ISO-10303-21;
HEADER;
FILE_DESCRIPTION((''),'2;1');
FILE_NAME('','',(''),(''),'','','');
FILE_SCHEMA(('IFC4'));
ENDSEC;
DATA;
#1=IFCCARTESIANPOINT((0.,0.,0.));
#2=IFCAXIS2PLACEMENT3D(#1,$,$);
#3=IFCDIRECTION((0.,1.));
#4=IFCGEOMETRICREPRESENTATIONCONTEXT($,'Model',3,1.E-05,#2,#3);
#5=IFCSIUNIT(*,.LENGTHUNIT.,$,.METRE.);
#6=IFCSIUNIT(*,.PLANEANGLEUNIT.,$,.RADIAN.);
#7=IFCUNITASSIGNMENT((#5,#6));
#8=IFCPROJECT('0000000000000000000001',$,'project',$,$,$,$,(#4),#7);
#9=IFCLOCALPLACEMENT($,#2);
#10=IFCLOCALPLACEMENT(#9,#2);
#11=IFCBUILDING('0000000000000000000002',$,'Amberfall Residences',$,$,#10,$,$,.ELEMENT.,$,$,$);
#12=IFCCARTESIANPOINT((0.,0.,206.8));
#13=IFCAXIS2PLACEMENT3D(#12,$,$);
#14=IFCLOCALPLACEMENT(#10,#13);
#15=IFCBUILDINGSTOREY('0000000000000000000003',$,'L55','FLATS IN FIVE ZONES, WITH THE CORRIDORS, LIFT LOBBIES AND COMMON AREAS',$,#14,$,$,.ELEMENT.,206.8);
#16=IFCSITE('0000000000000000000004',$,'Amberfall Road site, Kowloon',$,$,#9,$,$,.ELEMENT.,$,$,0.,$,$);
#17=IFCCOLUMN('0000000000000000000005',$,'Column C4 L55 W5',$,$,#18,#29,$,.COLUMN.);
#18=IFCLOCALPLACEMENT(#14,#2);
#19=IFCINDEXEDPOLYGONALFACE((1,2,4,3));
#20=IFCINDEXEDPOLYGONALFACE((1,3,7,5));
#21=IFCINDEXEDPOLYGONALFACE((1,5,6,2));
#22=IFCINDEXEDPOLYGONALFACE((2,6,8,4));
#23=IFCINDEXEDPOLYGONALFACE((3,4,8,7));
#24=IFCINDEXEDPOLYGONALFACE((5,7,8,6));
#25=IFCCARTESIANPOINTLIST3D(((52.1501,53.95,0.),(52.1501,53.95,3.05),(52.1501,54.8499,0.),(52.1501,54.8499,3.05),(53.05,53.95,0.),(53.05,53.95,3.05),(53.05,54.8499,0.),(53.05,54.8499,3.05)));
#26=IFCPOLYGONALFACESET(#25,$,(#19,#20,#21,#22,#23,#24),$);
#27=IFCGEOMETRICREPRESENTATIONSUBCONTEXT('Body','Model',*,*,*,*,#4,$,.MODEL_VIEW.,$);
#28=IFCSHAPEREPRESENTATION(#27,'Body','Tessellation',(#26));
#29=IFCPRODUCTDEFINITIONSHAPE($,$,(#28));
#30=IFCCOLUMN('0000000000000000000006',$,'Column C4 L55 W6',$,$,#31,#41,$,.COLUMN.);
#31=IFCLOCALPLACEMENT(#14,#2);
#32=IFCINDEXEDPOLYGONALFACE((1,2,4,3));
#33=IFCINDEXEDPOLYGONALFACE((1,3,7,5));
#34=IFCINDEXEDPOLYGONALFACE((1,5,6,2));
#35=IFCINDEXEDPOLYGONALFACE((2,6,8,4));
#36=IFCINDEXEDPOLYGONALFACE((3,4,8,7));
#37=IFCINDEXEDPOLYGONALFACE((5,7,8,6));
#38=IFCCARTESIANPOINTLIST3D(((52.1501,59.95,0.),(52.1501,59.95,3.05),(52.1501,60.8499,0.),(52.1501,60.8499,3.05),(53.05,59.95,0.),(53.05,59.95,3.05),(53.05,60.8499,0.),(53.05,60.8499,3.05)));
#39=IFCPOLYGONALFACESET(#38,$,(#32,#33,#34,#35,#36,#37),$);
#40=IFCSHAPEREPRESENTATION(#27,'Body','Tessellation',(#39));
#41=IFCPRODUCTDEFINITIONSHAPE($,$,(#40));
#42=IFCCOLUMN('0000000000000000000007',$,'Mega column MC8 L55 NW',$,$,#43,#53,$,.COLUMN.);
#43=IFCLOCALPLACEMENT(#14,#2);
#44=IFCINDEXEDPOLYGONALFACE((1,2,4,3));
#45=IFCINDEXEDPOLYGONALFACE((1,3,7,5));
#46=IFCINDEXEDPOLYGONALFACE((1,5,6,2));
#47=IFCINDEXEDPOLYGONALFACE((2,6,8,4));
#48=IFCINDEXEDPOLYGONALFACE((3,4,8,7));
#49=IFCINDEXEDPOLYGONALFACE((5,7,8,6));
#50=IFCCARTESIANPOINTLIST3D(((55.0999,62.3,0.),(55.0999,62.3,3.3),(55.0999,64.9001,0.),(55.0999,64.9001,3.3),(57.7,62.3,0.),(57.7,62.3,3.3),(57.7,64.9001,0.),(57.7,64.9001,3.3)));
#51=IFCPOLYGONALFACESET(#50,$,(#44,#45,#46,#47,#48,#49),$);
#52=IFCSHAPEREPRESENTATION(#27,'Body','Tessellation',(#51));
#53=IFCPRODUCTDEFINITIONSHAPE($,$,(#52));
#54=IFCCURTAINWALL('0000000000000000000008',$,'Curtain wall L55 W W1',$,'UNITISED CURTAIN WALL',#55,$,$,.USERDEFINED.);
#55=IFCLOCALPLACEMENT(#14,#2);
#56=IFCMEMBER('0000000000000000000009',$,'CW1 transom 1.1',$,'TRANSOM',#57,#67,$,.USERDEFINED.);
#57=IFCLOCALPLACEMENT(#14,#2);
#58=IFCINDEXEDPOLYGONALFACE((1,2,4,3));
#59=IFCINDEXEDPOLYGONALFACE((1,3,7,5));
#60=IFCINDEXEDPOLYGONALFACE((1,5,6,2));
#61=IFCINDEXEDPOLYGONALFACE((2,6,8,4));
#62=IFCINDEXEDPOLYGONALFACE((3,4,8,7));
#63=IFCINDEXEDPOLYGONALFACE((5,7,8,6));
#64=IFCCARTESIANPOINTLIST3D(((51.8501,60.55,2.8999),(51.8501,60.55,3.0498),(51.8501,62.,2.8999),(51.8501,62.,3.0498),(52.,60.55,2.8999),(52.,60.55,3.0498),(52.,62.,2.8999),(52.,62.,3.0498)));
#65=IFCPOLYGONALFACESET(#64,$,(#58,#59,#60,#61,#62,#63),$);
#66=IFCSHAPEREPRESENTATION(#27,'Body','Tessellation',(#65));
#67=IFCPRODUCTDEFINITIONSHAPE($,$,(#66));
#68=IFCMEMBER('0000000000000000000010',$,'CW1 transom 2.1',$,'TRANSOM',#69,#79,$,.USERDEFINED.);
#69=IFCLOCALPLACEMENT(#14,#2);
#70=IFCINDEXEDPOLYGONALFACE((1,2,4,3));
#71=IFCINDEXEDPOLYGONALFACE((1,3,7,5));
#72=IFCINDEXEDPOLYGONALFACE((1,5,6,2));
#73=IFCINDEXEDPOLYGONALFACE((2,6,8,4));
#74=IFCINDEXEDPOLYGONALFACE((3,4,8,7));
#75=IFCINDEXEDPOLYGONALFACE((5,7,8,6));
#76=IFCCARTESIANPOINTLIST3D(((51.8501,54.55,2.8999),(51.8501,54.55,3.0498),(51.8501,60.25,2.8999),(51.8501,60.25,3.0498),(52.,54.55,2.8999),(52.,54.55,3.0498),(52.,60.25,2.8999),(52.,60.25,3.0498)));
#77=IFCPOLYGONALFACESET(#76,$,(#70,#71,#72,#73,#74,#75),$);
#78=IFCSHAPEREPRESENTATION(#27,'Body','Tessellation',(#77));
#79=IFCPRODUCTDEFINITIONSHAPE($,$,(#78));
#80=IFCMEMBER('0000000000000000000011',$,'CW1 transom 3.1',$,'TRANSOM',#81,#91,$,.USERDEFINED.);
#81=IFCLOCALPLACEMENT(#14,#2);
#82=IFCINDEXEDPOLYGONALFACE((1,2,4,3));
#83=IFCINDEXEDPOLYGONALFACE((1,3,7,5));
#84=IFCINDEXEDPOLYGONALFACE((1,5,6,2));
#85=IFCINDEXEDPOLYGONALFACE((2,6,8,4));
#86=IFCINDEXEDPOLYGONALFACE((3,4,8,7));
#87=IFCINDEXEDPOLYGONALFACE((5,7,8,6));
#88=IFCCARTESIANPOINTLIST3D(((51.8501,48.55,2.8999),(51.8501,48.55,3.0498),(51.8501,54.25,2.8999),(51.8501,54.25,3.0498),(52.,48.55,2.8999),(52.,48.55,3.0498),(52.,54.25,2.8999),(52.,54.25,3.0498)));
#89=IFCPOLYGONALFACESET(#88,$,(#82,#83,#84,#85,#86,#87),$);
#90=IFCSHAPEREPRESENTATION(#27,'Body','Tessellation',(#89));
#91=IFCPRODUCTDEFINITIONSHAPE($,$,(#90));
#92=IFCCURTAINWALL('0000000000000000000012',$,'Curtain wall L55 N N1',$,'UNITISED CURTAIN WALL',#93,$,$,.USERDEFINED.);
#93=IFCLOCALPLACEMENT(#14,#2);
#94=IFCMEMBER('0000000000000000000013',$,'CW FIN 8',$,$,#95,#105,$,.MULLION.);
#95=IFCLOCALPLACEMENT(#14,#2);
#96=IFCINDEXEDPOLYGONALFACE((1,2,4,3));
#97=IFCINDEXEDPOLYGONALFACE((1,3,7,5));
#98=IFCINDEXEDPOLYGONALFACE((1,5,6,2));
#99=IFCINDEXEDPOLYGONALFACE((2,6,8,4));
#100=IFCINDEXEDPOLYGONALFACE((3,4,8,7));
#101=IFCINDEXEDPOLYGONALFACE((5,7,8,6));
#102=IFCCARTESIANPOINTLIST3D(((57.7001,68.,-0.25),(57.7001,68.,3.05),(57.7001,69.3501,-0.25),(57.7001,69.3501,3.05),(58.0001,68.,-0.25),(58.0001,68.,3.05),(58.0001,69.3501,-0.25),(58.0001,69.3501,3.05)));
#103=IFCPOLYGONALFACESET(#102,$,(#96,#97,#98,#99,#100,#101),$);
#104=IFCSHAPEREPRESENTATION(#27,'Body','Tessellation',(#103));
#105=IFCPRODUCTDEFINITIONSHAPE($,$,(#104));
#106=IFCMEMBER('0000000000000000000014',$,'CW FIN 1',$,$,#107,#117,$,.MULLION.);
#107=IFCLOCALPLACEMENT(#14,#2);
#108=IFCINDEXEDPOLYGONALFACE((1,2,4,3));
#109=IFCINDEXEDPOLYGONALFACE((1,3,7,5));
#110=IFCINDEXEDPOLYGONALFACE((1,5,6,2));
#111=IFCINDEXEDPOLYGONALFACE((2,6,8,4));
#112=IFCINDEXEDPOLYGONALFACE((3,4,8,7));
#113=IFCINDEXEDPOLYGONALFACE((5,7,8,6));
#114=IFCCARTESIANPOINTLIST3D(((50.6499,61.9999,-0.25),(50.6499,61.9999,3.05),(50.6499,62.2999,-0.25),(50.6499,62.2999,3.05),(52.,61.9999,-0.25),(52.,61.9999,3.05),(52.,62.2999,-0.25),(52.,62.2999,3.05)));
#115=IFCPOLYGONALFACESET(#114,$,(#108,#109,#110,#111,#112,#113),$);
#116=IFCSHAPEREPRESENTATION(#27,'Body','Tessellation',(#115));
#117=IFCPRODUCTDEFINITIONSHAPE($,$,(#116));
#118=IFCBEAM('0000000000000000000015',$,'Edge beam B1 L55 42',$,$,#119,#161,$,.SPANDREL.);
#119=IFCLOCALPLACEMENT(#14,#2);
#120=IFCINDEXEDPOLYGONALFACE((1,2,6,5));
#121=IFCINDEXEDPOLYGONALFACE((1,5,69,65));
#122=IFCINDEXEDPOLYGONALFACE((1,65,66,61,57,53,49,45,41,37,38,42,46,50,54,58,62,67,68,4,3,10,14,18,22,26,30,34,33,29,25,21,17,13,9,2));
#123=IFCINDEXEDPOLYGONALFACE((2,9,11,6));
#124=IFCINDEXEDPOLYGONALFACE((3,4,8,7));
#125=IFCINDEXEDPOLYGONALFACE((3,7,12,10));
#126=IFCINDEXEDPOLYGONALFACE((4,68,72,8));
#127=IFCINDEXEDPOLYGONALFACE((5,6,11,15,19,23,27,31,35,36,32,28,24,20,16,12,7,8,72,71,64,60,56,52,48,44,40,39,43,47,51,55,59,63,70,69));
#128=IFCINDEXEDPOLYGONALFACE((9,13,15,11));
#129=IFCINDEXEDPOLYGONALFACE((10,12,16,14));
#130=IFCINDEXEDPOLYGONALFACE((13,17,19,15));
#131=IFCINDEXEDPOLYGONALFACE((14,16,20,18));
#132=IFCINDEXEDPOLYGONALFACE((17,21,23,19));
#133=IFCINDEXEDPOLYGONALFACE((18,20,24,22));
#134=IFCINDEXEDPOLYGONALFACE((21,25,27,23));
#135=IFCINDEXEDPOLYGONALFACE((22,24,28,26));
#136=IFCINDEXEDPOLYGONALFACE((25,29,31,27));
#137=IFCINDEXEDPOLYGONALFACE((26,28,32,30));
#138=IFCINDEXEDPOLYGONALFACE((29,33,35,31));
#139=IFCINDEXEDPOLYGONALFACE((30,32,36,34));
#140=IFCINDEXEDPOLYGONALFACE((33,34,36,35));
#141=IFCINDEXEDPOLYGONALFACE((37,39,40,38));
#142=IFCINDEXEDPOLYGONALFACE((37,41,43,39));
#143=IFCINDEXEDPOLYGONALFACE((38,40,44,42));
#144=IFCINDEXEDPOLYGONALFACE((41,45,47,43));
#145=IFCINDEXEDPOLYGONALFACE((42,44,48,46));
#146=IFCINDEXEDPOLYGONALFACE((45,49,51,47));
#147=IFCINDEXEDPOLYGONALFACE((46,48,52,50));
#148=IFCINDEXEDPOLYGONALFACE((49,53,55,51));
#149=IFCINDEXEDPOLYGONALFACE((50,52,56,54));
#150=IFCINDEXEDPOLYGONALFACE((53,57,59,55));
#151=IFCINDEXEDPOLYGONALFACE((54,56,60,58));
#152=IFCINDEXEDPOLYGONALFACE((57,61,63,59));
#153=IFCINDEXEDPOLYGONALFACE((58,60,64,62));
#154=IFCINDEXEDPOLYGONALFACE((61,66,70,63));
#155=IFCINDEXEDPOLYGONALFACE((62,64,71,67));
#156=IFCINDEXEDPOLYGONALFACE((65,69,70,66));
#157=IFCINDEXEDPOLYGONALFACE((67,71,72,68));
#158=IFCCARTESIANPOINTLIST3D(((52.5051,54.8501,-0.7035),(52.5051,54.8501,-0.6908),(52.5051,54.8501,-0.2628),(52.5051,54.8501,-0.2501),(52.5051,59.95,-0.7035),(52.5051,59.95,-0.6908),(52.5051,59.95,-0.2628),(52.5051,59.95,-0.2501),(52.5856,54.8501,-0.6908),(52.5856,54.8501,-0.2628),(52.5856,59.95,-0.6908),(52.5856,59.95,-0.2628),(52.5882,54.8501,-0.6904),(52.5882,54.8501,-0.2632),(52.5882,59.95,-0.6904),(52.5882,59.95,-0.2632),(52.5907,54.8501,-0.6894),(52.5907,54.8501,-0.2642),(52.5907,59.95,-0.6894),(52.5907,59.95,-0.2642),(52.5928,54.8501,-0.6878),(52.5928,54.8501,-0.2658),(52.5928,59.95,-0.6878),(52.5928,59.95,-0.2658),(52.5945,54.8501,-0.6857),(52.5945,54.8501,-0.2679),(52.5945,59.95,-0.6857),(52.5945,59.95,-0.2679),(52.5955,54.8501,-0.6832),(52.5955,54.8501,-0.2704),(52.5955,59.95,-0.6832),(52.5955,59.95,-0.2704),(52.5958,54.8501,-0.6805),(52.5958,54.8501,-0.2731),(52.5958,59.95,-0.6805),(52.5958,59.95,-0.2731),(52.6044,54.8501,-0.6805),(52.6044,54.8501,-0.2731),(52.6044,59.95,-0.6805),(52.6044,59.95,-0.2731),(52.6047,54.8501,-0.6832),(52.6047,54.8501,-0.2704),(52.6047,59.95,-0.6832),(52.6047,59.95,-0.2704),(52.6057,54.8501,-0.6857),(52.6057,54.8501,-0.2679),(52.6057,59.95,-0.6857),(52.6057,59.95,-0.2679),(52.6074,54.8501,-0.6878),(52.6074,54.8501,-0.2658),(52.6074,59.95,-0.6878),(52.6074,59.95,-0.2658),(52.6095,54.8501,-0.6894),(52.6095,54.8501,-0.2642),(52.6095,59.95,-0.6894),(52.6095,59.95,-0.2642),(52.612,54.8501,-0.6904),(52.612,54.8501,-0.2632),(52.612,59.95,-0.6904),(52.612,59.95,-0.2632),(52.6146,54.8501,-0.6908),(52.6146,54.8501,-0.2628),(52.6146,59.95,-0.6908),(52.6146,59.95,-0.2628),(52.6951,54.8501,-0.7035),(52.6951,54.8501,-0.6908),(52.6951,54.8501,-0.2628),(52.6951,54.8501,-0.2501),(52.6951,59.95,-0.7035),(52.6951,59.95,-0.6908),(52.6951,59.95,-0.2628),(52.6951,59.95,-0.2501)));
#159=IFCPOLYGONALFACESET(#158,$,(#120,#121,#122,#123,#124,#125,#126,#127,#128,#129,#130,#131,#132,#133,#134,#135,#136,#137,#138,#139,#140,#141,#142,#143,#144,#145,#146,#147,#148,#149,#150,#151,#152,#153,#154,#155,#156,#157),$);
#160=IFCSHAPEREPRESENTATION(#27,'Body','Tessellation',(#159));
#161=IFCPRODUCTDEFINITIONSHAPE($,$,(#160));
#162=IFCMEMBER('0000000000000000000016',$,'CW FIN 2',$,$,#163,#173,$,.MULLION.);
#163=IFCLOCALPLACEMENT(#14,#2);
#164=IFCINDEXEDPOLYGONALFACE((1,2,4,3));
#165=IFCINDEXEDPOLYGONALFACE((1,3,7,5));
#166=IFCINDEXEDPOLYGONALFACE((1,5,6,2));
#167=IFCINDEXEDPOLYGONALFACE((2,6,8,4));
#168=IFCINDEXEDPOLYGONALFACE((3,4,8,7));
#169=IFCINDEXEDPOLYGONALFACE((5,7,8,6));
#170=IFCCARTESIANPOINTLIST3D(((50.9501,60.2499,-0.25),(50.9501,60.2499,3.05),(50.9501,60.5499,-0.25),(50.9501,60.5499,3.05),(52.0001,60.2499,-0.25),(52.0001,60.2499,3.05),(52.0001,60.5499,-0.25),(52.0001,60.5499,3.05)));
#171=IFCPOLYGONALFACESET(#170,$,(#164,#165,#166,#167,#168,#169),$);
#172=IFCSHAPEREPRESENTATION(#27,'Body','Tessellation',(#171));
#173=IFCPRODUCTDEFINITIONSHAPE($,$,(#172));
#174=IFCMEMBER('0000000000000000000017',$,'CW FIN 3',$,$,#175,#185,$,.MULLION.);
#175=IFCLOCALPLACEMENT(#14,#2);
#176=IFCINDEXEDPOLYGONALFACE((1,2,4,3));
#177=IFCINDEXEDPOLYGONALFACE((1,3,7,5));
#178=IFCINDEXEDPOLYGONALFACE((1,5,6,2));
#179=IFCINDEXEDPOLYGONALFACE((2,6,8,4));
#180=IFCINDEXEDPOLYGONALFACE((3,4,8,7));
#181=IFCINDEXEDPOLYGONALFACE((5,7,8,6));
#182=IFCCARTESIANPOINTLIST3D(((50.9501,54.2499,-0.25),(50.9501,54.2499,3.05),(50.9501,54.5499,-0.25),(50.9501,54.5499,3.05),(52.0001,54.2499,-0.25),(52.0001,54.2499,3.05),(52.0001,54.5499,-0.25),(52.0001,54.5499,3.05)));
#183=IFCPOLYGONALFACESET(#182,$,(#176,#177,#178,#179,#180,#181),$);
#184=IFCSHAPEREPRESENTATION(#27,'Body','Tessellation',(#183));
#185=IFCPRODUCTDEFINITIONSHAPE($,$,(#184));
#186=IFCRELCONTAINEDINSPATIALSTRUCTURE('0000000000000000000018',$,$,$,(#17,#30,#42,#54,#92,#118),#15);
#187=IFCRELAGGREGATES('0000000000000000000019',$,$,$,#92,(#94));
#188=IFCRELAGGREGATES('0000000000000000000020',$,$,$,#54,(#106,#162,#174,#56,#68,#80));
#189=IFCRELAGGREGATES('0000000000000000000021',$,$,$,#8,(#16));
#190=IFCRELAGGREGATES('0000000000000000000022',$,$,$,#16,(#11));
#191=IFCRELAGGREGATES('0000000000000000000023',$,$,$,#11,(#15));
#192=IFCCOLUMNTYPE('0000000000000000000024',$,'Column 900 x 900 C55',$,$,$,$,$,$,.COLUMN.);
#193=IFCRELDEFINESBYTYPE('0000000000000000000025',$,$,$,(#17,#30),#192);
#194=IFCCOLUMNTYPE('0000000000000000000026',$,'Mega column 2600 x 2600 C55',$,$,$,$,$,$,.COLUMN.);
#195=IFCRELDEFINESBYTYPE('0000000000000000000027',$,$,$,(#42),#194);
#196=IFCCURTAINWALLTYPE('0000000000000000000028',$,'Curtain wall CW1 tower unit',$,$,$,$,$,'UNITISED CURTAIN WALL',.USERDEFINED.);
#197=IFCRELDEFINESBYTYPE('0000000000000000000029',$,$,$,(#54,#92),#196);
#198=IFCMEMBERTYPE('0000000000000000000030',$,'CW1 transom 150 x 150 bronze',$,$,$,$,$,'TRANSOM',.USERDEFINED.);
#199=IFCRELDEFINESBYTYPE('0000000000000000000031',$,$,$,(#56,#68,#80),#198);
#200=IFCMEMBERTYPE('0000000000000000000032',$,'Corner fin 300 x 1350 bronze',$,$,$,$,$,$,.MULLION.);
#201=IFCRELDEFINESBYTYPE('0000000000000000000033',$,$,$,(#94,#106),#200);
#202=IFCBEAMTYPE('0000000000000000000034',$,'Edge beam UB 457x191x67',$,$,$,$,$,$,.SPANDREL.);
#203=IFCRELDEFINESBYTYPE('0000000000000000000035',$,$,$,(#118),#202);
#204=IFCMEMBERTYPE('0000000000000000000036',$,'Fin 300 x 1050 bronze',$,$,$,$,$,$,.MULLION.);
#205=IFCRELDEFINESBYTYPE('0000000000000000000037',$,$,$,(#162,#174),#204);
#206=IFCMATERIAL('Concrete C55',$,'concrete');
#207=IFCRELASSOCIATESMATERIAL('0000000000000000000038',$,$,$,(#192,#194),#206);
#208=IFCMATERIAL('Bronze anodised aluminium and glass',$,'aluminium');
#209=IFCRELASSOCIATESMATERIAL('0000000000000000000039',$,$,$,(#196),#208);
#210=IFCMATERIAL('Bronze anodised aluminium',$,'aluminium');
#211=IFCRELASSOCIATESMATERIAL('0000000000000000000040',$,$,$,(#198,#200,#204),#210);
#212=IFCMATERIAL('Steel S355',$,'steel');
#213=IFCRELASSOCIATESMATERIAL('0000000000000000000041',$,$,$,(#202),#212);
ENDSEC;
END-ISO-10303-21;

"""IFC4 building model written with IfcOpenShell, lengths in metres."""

from ifc_helpers import new_model, si_unit, direction, frame, origin, origin_2d, place, context, subcontext, project, spatial, rectangle, i_section, extrude, material, material_profile, profile_set, type_object, element, aggregate, save


model = new_model("IFC4")

# Units and contexts
model_context = context("Model", 3, precision=1e-05, world=origin(), true_north=direction((0.0, 1.0)))
body_context = subcontext(model_context, "Body", "Model", "MODEL_VIEW")
ifc_project = project(units=[si_unit("LENGTHUNIT", "METRE"), si_unit("PLANEANGLEUNIT", "RADIAN")], contexts=[model_context])

# Site, building, storey
site_placement = place(None, origin())
site = spatial("IfcSite", under=ifc_project, at=site_placement, Name="Amberfall Road site, Kowloon", CompositionType="ELEMENT", RefElevation=0.0)
building_placement = place(site_placement, origin())
building = spatial("IfcBuilding", under=site, at=building_placement, Name="Amberfall Residences", CompositionType="ELEMENT")
storey_placement = place(building_placement, frame((0.0, 0.0, 206.8)))
storey = spatial("IfcBuildingStorey", under=building, at=storey_placement, Name="L55", Description="FLATS IN FIVE ZONES, WITH THE CORRIDORS, LIFT LOBBIES AND COMMON AREAS", CompositionType="ELEMENT", Elevation=206.8)

# Columns
ifc_material_1 = material(Name="Concrete C55", Category="concrete")
ifc_material_profile_1 = material_profile(ifc_material_1, rectangle(XDim=0.8999, YDim=0.8999, at=origin_2d()), Name="Column 900 x 900 C55")
ifc_profile_set_1 = profile_set([ifc_material_profile_1], Name="Concrete C55")
column_type_1 = type_object("IfcColumnType", Name="Column 900 x 900 C55", PredefinedType="COLUMN", material=ifc_profile_set_1)
for number, where, z_axis, x_axis, name in (
    (1, (52.6001, 54.3999, 0.0), (0.0, 0.0, 1.0), (1.0, 0.0, 0.0), "Column C4 L55 W5"),
    (2, (52.6001, 60.3999, 0.0), (0.0, 0.0, 1.0), (1.0, 0.0, 0.0), "Column C4 L55 W6"),
):
    element("IfcColumn", number, at=place(storey_placement, frame(where, z_axis=z_axis, x_axis=x_axis)), inside=storey, type_object=column_type_1, Name=name, PredefinedType="COLUMN", context=body_context, shape_type="SweptSolid", body=[
        extrude(rectangle(XDim=0.8999, YDim=0.8999, at=origin_2d()), origin(), (0.0, 0.0, 1.0), 3.05),
    ])
ifc_material_profile_2 = material_profile(ifc_material_1, rectangle(XDim=2.6001, YDim=2.6001, at=origin_2d()), Name="Mega column 2600 x 2600 C55")
ifc_profile_set_2 = profile_set([ifc_material_profile_2], Name="Concrete C55")
column_type_2 = type_object("IfcColumnType", Name="Mega column 2600 x 2600 C55", PredefinedType="COLUMN", material=ifc_profile_set_2)
column_placement = place(storey_placement, frame((56.3999, 63.6001, 0.0), z_axis=(0.0, 0.0, 1.0), x_axis=(1.0, 0.0, 0.0)))
element("IfcColumn", 3, at=column_placement, inside=storey, type_object=column_type_2, Name="Mega column MC8 L55 NW", PredefinedType="COLUMN", context=body_context, shape_type="SweptSolid", body=[
    extrude(rectangle(XDim=2.6001, YDim=2.6001, at=origin_2d()), origin(), (0.0, 0.0, 1.0), 3.3),
])

# Curtain wall, members
ifc_material_2 = material(Name="Bronze anodised aluminium and glass", Category="aluminium")
curtain_wall_type = type_object("IfcCurtainWallType", Name="Curtain wall CW1 tower unit", ElementType="UNITISED CURTAIN WALL", PredefinedType="USERDEFINED", material=ifc_material_2)
curtain_wall_1_placement = place(storey_placement, origin())
curtain_wall_1 = element("IfcCurtainWall", 4, at=curtain_wall_1_placement, inside=storey, type_object=curtain_wall_type, Name="Curtain wall L55 W W1", ObjectType="UNITISED CURTAIN WALL", PredefinedType="USERDEFINED")
ifc_material_3 = material(Name="Bronze anodised aluminium", Category="aluminium")
ifc_material_profile_3 = material_profile(ifc_material_3, rectangle(XDim=0.1499, YDim=0.1499, at=origin_2d()), Name="CW1 transom 150 x 150 bronze")
ifc_profile_set_3 = profile_set([ifc_material_profile_3], Name="Bronze anodised aluminium")
member_type_1 = type_object("IfcMemberType", Name="CW1 transom 150 x 150 bronze", ElementType="TRANSOM", PredefinedType="USERDEFINED", material=ifc_profile_set_3)
member_1_placement = place(storey_placement, frame((51.925, 62.0, 2.9749), z_axis=(0.0, -1.0, 0.0), x_axis=(1.0, 0.0, 0.0)))
member_1 = element("IfcMember", 5, at=member_1_placement, type_object=member_type_1, Name="CW1 transom 1.1", ObjectType="TRANSOM", PredefinedType="USERDEFINED", context=body_context, shape_type="SweptSolid", body=[
    extrude(rectangle(XDim=0.1499, YDim=0.1499, at=origin_2d()), origin(), (0.0, 0.0, 1.0), 1.45),
])
member_2_placement = place(storey_placement, frame((51.925, 60.25, 2.9749), z_axis=(0.0, -1.0, 0.0), x_axis=(1.0, 0.0, 0.0)))
member_2 = element("IfcMember", 6, at=member_2_placement, type_object=member_type_1, Name="CW1 transom 2.1", ObjectType="TRANSOM", PredefinedType="USERDEFINED", context=body_context, shape_type="SweptSolid", body=[
    extrude(rectangle(XDim=0.1499, YDim=0.1499, at=origin_2d()), origin(), (0.0, 0.0, 1.0), 5.7),
])
member_3_placement = place(storey_placement, frame((51.925, 54.25, 2.9749), z_axis=(0.0, -1.0, 0.0), x_axis=(1.0, 0.0, 0.0)))
member_3 = element("IfcMember", 7, at=member_3_placement, type_object=member_type_1, Name="CW1 transom 3.1", ObjectType="TRANSOM", PredefinedType="USERDEFINED", context=body_context, shape_type="SweptSolid", body=[
    extrude(rectangle(XDim=0.1499, YDim=0.1499, at=origin_2d()), origin(), (0.0, 0.0, 1.0), 5.7),
])

# Curtain wall, member
curtain_wall_2_placement = place(storey_placement, origin())
curtain_wall_2 = element("IfcCurtainWall", 8, at=curtain_wall_2_placement, inside=storey, type_object=curtain_wall_type, Name="Curtain wall L55 N N1", ObjectType="UNITISED CURTAIN WALL", PredefinedType="USERDEFINED")
ifc_material_profile_4 = material_profile(ifc_material_3, rectangle(XDim=1.3501, YDim=0.3, at=origin_2d()), Name="Corner fin 300 x 1350 bronze")
ifc_profile_set_4 = profile_set([ifc_material_profile_4], Name="Bronze anodised aluminium")
member_type_2 = type_object("IfcMemberType", Name="Corner fin 300 x 1350 bronze", PredefinedType="MULLION", material=ifc_profile_set_4)
member_4_placement = place(storey_placement, frame((57.8501, 68.675, -0.25), z_axis=(0.0, 0.0, 1.0), x_axis=(0.0, -1.0, 0.0)))
member_4 = element("IfcMember", 9, at=member_4_placement, type_object=member_type_2, Name="CW FIN 8", PredefinedType="MULLION", context=body_context, shape_type="SweptSolid", body=[
    extrude(rectangle(XDim=1.3501, YDim=0.3, at=origin_2d()), origin(), (0.0, 0.0, 1.0), 3.3),
])
aggregate(curtain_wall_2, [member_4])

# Member
member_5_placement = place(storey_placement, frame((51.325, 62.1499, -0.25), z_axis=(0.0, 0.0, 1.0), x_axis=(1.0, 0.0, 0.0)))
member_5 = element("IfcMember", 10, at=member_5_placement, type_object=member_type_2, Name="CW FIN 1", PredefinedType="MULLION", context=body_context, shape_type="SweptSolid", body=[
    extrude(rectangle(XDim=1.3501, YDim=0.3, at=origin_2d()), origin(), (0.0, 0.0, 1.0), 3.3),
])

# Beam
ifc_material_4 = material(Name="Steel S355", Category="steel")
ifc_material_profile_5 = material_profile(ifc_material_4, i_section(OverallWidth=0.1899, OverallDepth=0.4534, WebThickness=0.0085, FlangeThickness=0.0127, FilletRadius=0.0103, at=origin_2d()), Name="UB 457x191x67")
ifc_profile_set_5 = profile_set([ifc_material_profile_5], Name="Steel S355")
beam_type_1 = type_object("IfcBeamType", Name="Edge beam UB 457x191x67", PredefinedType="SPANDREL", material=ifc_profile_set_5)
beam_1_placement = place(storey_placement, frame((52.6001, 54.8501, -0.4768), z_axis=(0.0, 1.0, 0.0), x_axis=(-1.0, 0.0, 0.0)))
element("IfcBeam", 11, at=beam_1_placement, inside=storey, type_object=beam_type_1, Name="Edge beam B1 L55 42", PredefinedType="SPANDREL", context=body_context, shape_type="SweptSolid", body=[
    extrude(i_section(OverallWidth=0.1899, OverallDepth=0.4534, WebThickness=0.0085, FlangeThickness=0.0127, FilletRadius=0.0103, at=origin_2d()), origin(), (0.0, 0.0, 1.0), 5.0999),
])

# Members
ifc_material_profile_6 = material_profile(ifc_material_3, rectangle(XDim=1.05, YDim=0.3, at=origin_2d()), Name="Fin 300 x 1050 bronze")
ifc_profile_set_6 = profile_set([ifc_material_profile_6], Name="Bronze anodised aluminium")
member_type_3 = type_object("IfcMemberType", Name="Fin 300 x 1050 bronze", PredefinedType="MULLION", material=ifc_profile_set_6)
member_6_placement = place(storey_placement, frame((51.4751, 60.3999, -0.25), z_axis=(0.0, 0.0, 1.0), x_axis=(1.0, 0.0, 0.0)))
member_6 = element("IfcMember", 12, at=member_6_placement, type_object=member_type_3, Name="CW FIN 2", PredefinedType="MULLION", context=body_context, shape_type="SweptSolid", body=[
    extrude(rectangle(XDim=1.05, YDim=0.3, at=origin_2d()), origin(), (0.0, 0.0, 1.0), 3.3),
])
member_7_placement = place(storey_placement, frame((51.4751, 54.3999, -0.25), z_axis=(0.0, 0.0, 1.0), x_axis=(1.0, 0.0, 0.0)))
member_7 = element("IfcMember", 13, at=member_7_placement, type_object=member_type_3, Name="CW FIN 3", PredefinedType="MULLION", context=body_context, shape_type="SweptSolid", body=[
    extrude(rectangle(XDim=1.05, YDim=0.3, at=origin_2d()), origin(), (0.0, 0.0, 1.0), 3.3),
])

aggregate(curtain_wall_1, [member_5, member_6, member_7, member_1, member_2, member_3])

save(model, "model.ifc")
